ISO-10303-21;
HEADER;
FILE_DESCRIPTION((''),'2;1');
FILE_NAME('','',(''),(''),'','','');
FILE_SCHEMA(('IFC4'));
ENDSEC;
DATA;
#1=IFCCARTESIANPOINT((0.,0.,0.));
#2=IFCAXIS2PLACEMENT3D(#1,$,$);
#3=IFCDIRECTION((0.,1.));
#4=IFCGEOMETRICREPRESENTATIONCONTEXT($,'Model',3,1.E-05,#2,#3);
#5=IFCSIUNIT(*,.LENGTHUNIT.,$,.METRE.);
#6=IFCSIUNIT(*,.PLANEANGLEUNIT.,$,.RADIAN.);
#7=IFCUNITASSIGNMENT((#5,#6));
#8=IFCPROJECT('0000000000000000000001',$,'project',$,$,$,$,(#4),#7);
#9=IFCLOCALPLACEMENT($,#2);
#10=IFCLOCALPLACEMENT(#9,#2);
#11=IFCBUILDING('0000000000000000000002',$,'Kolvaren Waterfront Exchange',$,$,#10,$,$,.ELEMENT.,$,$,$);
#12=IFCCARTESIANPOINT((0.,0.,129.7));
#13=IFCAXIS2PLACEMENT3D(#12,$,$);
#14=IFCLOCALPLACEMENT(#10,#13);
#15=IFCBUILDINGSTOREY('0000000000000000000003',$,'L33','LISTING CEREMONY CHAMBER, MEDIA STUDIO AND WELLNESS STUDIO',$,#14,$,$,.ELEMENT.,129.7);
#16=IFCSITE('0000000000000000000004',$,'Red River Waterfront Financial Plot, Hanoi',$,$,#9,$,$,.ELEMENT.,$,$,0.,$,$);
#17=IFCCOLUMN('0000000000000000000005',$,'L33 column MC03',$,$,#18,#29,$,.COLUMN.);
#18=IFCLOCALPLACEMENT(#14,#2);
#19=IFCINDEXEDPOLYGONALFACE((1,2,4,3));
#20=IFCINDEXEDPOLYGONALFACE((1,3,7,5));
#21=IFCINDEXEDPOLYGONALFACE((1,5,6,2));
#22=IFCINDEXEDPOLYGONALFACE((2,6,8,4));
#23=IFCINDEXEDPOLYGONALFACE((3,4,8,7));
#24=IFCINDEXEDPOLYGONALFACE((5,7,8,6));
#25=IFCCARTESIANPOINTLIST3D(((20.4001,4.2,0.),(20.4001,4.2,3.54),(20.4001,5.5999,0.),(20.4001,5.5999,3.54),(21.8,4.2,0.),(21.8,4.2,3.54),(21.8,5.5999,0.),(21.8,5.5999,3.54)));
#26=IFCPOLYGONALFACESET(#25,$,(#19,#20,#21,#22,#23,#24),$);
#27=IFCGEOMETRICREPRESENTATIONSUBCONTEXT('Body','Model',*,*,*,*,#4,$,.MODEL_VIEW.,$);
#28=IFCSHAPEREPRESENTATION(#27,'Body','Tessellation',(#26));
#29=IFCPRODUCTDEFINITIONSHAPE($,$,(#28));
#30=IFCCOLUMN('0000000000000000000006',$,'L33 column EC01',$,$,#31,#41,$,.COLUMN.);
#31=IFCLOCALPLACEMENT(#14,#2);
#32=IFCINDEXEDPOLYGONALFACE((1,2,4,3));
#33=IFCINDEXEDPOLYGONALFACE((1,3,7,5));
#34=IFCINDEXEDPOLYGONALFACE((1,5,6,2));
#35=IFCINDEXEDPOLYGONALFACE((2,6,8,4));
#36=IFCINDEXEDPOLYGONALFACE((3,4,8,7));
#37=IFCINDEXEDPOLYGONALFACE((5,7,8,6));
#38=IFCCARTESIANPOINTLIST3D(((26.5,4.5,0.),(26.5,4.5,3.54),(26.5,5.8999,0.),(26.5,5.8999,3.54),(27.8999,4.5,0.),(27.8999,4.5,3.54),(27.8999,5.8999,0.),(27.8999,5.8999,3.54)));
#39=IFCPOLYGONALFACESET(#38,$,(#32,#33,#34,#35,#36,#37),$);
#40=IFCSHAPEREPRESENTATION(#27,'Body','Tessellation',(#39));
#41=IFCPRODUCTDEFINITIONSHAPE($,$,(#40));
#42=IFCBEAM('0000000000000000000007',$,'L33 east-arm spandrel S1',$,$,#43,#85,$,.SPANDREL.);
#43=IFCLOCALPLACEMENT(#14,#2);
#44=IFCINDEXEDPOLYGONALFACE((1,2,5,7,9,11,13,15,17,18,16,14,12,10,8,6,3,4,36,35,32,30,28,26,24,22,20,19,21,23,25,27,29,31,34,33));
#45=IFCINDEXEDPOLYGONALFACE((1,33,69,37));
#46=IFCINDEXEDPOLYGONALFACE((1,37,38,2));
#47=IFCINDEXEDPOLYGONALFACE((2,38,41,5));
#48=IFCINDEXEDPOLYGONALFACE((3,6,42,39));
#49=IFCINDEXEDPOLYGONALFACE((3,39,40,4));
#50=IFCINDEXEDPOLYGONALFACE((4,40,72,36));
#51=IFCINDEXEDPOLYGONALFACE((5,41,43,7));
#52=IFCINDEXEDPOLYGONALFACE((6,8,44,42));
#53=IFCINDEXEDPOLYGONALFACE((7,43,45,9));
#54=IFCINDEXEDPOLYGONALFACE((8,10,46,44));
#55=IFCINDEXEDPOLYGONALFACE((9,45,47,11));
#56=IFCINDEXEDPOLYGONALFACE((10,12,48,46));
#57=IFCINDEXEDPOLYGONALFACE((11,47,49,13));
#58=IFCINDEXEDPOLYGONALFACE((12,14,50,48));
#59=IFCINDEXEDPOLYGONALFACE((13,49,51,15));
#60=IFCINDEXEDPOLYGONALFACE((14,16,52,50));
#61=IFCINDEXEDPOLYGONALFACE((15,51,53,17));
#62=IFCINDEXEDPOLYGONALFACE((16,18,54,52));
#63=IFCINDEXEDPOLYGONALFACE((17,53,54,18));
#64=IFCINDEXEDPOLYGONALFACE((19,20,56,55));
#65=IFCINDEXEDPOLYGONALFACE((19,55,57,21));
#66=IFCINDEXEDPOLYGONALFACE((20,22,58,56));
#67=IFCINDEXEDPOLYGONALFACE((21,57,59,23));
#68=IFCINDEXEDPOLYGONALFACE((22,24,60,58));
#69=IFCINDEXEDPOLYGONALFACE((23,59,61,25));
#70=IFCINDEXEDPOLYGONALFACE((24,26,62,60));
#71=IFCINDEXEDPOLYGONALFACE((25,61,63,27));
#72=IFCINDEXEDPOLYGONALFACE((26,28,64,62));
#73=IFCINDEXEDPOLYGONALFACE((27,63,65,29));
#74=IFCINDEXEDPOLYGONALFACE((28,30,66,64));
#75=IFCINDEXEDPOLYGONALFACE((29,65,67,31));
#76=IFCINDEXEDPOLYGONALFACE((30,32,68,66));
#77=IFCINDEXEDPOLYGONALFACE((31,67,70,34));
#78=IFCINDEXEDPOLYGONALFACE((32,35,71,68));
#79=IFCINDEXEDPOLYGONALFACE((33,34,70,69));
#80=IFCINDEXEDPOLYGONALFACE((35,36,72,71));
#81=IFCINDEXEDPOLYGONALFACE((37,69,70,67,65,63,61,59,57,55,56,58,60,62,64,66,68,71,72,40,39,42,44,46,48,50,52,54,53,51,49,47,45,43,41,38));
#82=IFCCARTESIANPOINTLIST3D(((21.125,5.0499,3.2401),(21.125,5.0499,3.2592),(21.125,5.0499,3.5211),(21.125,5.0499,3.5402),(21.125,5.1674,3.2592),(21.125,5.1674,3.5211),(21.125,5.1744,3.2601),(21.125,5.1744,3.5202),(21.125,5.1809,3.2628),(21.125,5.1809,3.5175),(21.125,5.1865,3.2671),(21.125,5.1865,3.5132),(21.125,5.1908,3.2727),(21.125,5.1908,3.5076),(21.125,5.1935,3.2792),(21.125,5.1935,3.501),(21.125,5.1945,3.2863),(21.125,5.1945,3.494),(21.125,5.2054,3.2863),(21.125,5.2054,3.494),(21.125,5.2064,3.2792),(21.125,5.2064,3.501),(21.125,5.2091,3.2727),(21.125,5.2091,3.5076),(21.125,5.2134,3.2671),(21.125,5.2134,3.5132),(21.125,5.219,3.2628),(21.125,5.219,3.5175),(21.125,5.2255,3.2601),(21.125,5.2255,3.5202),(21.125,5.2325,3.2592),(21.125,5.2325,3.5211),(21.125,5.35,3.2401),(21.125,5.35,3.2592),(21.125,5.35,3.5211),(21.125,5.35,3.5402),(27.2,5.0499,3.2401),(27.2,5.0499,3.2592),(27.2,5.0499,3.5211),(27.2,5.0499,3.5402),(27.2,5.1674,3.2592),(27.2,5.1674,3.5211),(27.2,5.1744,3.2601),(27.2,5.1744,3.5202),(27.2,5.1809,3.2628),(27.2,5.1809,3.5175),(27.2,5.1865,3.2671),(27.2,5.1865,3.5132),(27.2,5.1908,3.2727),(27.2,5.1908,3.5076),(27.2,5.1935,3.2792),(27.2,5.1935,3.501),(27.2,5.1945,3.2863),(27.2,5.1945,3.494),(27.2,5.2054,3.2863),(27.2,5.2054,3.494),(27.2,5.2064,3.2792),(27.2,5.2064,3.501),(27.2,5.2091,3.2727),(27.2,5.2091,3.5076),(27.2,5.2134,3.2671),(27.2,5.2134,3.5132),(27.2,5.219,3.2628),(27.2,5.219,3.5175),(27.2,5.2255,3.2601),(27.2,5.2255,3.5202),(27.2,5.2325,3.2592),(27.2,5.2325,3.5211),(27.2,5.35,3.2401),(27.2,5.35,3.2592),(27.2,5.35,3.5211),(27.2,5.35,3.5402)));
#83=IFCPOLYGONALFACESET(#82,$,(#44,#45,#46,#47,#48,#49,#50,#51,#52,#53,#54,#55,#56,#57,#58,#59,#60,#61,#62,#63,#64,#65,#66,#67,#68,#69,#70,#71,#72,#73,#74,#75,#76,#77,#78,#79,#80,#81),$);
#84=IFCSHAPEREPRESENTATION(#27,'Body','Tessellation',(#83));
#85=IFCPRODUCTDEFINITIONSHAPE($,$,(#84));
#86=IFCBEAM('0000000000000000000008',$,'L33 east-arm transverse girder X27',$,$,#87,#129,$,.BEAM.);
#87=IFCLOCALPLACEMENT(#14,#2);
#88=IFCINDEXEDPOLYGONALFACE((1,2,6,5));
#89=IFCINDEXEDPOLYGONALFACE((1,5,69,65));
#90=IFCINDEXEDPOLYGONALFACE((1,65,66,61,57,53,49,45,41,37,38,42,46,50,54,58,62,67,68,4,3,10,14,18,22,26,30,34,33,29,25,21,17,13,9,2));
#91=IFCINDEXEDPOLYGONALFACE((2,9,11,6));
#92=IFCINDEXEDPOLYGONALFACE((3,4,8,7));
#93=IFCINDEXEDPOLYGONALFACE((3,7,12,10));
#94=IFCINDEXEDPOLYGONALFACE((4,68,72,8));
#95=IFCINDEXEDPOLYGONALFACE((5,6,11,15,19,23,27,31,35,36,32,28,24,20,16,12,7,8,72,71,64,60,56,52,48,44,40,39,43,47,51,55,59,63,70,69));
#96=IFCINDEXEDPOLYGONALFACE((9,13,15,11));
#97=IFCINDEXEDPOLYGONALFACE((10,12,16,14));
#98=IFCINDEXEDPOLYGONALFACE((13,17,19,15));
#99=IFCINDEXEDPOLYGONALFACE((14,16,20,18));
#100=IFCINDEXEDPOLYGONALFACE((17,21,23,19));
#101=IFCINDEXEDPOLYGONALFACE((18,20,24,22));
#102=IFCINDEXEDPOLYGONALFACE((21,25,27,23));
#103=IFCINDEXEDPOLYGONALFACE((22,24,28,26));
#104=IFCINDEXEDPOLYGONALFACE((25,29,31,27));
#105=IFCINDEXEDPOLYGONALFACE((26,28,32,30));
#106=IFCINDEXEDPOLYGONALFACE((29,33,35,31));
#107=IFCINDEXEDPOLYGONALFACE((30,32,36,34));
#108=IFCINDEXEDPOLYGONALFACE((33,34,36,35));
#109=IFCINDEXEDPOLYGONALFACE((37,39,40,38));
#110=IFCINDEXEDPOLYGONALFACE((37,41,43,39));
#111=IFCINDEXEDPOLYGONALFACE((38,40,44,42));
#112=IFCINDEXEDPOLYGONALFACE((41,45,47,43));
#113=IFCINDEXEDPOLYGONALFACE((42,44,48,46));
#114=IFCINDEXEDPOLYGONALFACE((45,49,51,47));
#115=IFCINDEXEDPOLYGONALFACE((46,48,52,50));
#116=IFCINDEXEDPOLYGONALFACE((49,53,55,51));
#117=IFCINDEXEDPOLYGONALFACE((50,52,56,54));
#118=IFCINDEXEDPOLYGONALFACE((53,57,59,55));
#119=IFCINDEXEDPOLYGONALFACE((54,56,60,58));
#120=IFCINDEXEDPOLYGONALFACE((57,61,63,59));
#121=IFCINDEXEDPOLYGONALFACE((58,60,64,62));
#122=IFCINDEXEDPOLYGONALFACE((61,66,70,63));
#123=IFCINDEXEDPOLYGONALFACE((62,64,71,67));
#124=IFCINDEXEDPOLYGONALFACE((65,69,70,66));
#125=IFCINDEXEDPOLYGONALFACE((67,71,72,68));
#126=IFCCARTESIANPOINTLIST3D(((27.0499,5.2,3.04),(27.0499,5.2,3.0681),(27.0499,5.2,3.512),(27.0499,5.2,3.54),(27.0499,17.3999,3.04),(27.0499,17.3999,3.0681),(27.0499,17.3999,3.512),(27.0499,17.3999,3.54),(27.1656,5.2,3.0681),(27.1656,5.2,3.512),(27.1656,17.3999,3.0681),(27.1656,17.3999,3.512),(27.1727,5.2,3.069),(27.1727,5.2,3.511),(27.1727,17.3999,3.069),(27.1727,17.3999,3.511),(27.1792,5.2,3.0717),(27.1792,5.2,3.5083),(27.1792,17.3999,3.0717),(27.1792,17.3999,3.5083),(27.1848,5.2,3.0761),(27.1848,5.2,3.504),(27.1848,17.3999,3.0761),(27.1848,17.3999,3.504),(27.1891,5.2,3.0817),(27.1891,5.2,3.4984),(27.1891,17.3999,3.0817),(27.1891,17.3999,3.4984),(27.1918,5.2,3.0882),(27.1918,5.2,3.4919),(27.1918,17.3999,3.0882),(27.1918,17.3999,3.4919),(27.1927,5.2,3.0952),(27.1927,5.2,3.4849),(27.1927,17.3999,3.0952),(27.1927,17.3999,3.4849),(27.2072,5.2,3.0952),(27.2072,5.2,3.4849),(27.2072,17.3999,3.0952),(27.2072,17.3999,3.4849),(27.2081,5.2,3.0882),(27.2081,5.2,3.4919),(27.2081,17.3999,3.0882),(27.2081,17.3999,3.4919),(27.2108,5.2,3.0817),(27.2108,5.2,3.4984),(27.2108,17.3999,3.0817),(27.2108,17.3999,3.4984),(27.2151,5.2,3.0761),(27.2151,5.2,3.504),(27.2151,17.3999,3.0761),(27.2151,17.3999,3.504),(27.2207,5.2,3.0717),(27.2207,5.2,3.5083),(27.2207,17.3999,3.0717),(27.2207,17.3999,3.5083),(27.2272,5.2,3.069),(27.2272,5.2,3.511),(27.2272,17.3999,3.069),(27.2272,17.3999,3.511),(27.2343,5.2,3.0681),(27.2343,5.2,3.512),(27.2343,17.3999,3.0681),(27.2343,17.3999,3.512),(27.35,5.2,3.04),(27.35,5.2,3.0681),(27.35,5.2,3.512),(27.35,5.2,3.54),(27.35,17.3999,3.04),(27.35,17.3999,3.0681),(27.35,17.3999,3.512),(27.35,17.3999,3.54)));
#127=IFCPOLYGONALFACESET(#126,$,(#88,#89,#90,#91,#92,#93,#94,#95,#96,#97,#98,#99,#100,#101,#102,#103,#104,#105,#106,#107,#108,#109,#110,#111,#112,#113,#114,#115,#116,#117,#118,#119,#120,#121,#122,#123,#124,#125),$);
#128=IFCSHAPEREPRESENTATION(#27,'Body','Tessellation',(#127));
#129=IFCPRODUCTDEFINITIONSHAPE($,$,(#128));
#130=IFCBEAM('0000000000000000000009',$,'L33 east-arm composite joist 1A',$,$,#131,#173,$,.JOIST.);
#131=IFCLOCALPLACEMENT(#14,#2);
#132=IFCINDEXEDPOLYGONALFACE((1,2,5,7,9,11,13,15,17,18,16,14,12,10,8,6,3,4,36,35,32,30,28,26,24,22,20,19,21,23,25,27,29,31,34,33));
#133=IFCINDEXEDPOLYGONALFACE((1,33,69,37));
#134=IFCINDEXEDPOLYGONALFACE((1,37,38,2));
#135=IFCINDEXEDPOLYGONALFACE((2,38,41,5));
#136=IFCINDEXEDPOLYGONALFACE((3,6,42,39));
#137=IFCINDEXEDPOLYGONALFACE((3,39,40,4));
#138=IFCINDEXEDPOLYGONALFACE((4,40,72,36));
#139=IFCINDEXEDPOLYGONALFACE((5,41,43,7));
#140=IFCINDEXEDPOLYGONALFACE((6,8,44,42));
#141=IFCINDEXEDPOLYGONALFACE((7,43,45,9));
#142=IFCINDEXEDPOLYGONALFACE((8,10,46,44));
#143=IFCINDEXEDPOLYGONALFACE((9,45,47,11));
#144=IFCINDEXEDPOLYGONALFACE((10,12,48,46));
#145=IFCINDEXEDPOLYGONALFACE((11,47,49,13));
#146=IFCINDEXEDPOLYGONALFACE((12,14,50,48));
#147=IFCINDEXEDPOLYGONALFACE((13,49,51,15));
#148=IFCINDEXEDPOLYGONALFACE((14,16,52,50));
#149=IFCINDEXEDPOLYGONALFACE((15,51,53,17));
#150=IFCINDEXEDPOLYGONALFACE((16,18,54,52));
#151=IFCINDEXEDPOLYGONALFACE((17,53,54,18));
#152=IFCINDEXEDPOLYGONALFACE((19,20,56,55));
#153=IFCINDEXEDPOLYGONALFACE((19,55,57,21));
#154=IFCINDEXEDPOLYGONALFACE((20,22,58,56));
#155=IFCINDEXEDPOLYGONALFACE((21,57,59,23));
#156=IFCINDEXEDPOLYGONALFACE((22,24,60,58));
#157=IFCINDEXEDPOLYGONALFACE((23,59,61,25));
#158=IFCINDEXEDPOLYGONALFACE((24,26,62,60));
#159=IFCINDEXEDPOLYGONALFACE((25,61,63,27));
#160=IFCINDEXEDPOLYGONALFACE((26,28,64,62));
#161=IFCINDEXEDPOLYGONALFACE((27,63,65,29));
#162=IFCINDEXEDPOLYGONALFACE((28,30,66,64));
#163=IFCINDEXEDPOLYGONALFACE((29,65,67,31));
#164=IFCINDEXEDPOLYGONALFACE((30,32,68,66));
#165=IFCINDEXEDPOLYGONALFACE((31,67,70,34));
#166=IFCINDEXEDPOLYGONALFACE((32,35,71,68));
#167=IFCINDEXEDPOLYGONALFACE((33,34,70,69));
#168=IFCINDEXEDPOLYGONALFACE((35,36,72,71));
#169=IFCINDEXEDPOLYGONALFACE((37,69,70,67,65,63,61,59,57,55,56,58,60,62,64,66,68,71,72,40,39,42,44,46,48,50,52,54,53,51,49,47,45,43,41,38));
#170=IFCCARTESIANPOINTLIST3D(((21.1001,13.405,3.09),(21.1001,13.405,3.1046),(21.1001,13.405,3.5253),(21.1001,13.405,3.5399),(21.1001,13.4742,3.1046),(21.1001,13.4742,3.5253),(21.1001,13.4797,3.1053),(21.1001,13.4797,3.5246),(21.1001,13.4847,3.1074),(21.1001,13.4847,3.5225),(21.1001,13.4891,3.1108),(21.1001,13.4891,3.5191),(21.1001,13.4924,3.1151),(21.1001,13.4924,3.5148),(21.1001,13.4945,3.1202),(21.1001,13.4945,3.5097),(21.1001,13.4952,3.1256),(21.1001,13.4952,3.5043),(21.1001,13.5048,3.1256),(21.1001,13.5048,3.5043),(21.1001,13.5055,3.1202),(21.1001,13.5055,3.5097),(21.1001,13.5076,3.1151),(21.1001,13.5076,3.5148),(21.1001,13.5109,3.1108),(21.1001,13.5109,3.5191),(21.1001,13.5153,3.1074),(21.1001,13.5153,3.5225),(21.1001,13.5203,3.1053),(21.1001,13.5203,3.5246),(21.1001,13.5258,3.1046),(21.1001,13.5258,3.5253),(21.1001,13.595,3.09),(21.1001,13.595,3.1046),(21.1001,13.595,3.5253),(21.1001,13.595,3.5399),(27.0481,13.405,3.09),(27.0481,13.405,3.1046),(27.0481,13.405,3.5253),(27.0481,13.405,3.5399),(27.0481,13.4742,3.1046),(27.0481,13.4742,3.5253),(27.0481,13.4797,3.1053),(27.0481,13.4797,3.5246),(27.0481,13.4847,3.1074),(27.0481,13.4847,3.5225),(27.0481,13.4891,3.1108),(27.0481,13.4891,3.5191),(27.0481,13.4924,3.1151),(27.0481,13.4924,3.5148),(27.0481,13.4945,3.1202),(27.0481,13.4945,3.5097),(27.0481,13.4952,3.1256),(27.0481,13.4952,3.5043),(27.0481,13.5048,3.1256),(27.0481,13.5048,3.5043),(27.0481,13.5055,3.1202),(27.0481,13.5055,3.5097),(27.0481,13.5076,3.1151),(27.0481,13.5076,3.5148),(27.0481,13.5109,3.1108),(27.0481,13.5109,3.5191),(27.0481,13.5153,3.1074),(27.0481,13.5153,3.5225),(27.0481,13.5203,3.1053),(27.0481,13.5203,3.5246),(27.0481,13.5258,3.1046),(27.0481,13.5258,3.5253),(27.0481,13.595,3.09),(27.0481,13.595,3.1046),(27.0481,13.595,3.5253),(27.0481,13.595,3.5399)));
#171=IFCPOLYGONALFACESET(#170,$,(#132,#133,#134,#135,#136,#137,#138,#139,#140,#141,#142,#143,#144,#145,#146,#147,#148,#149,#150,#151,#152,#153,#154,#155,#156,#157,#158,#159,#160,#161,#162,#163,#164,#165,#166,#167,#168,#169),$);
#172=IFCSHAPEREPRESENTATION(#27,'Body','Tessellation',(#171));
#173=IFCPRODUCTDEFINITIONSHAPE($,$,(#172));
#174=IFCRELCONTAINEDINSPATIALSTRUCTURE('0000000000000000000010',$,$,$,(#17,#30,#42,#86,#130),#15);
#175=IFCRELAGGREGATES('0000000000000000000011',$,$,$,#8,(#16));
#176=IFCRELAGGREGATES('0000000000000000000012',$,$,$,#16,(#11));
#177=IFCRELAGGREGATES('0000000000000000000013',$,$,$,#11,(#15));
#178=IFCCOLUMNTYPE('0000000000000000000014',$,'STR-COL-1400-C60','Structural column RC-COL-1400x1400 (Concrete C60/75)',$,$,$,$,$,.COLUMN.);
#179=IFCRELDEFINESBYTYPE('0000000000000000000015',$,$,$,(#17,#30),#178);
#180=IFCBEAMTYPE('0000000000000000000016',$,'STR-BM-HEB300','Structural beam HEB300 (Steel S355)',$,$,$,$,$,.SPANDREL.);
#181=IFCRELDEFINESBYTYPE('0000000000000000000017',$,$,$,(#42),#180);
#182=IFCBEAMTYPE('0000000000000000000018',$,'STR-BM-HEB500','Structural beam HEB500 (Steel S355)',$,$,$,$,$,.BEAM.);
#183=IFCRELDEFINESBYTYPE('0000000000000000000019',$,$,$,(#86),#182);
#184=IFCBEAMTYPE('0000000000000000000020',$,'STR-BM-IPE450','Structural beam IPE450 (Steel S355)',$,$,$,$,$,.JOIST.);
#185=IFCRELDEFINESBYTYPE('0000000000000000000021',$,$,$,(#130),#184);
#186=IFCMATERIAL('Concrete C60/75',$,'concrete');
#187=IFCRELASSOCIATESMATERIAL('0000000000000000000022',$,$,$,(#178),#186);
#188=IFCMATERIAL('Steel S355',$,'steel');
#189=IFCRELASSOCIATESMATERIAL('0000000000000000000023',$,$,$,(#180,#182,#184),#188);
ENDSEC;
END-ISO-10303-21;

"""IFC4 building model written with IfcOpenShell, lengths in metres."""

from ifc_helpers import new_model, si_unit, direction, frame, origin, origin_2d, place, context, subcontext, project, spatial, rectangle, i_section, extrude, material, material_profile, profile_set, type_object, element, save


model = new_model("IFC4")

# Units and contexts
model_context = context("Model", 3, precision=1e-05, world=origin(), true_north=direction((0.0, 1.0)))
body_context = subcontext(model_context, "Body", "Model", "MODEL_VIEW")
ifc_project = project(units=[si_unit("LENGTHUNIT", "METRE"), si_unit("PLANEANGLEUNIT", "RADIAN")], contexts=[model_context])

# Site, building, storey
site_placement = place(None, origin())
site = spatial("IfcSite", under=ifc_project, at=site_placement, Name="Red River Waterfront Financial Plot, Hanoi", CompositionType="ELEMENT", RefElevation=0.0)
building_placement = place(site_placement, origin())
building = spatial("IfcBuilding", under=site, at=building_placement, Name="Kolvaren Waterfront Exchange", CompositionType="ELEMENT")
storey_placement = place(building_placement, frame((0.0, 0.0, 129.7)))
storey = spatial("IfcBuildingStorey", under=building, at=storey_placement, Name="L33", Description="LISTING CEREMONY CHAMBER, MEDIA STUDIO AND WELLNESS STUDIO", CompositionType="ELEMENT", Elevation=129.7)

# Columns
ifc_material_1 = material(Name="Concrete C60/75", Category="concrete")
ifc_material_profile_1 = material_profile(ifc_material_1, rectangle(XDim=1.3999, YDim=1.3999, at=origin_2d()), Name="RC-COL-1400x1400")
ifc_profile_set_1 = profile_set([ifc_material_profile_1], Name="Concrete C60/75")
column_type = type_object("IfcColumnType", Name="STR-COL-1400-C60", Description="Structural column RC-COL-1400x1400 (Concrete C60/75)", PredefinedType="COLUMN", material=ifc_profile_set_1)
for number, where, z_axis, x_axis, name in (
    (1, (21.1001, 4.8999, 0.0), (0.0, 0.0, 1.0), (1.0, 0.0, 0.0), "L33 column MC03"),
    (2, (27.2, 5.2, 0.0), (0.0, 0.0, 1.0), (1.0, 0.0, 0.0), "L33 column EC01"),
):
    element("IfcColumn", number, at=place(storey_placement, frame(where, z_axis=z_axis, x_axis=x_axis)), inside=storey, type_object=column_type, Name=name, PredefinedType="COLUMN", context=body_context, shape_type="SweptSolid", body=[
        extrude(rectangle(XDim=1.3999, YDim=1.3999, at=origin_2d()), origin(), (0.0, 0.0, 1.0), 3.54),
    ])

# Beams
ifc_material_2 = material(Name="Steel S355", Category="steel")
ifc_material_profile_2 = material_profile(ifc_material_2, i_section(OverallWidth=0.3, OverallDepth=0.3, WebThickness=0.011, FlangeThickness=0.019, FilletRadius=0.0271, at=origin_2d()), Name="HEB300")
ifc_profile_set_2 = profile_set([ifc_material_profile_2], Name="Steel S355")
beam_type_1 = type_object("IfcBeamType", Name="STR-BM-HEB300", Description="Structural beam HEB300 (Steel S355)", PredefinedType="SPANDREL", material=ifc_profile_set_2)
beam_1_placement = place(storey_placement, frame((21.125, 5.2, 3.3901), z_axis=(1.0, 0.0, 0.0), x_axis=(0.0, 1.0, 0.0)))
element("IfcBeam", 3, at=beam_1_placement, inside=storey, type_object=beam_type_1, Name="L33 east-arm spandrel S1", PredefinedType="SPANDREL", context=body_context, shape_type="SweptSolid", body=[
    extrude(i_section(OverallWidth=0.3, OverallDepth=0.3, WebThickness=0.011, FlangeThickness=0.019, FilletRadius=0.0271, at=origin_2d()), origin(), (0.0, 0.0, 1.0), 6.075),
])
ifc_material_profile_3 = material_profile(ifc_material_2, i_section(OverallWidth=0.3, OverallDepth=0.5, WebThickness=0.0144, FlangeThickness=0.0281, FilletRadius=0.0271, at=origin_2d()), Name="HEB500")
ifc_profile_set_3 = profile_set([ifc_material_profile_3], Name="Steel S355")
beam_type_2 = type_object("IfcBeamType", Name="STR-BM-HEB500", Description="Structural beam HEB500 (Steel S355)", PredefinedType="BEAM", material=ifc_profile_set_3)
beam_2_placement = place(storey_placement, frame((27.2, 5.2, 3.29), z_axis=(0.0, 1.0, 0.0), x_axis=(-1.0, 0.0, 0.0)))
element("IfcBeam", 4, at=beam_2_placement, inside=storey, type_object=beam_type_2, Name="L33 east-arm transverse girder X27", PredefinedType="BEAM", context=body_context, shape_type="SweptSolid", body=[
    extrude(i_section(OverallWidth=0.3, OverallDepth=0.5, WebThickness=0.0144, FlangeThickness=0.0281, FilletRadius=0.0271, at=origin_2d()), origin(), (0.0, 0.0, 1.0), 12.2),
])
ifc_material_profile_4 = material_profile(ifc_material_2, i_section(OverallWidth=0.1899, OverallDepth=0.45, WebThickness=0.0095, FlangeThickness=0.0146, FilletRadius=0.021, at=origin_2d()), Name="IPE450")
ifc_profile_set_4 = profile_set([ifc_material_profile_4], Name="Steel S355")
beam_type_3 = type_object("IfcBeamType", Name="STR-BM-IPE450", Description="Structural beam IPE450 (Steel S355)", PredefinedType="JOIST", material=ifc_profile_set_4)
beam_3_placement = place(storey_placement, frame((21.1001, 13.5, 3.3149), z_axis=(1.0, 0.0, 0.0), x_axis=(0.0, 1.0, 0.0)))
element("IfcBeam", 5, at=beam_3_placement, inside=storey, type_object=beam_type_3, Name="L33 east-arm composite joist 1A", PredefinedType="JOIST", context=body_context, shape_type="SweptSolid", body=[
    extrude(i_section(OverallWidth=0.1899, OverallDepth=0.45, WebThickness=0.0095, FlangeThickness=0.0146, FilletRadius=0.021, at=origin_2d()), origin(), (0.0, 0.0, 1.0), 5.948),
])

save(model, "model.ifc")
